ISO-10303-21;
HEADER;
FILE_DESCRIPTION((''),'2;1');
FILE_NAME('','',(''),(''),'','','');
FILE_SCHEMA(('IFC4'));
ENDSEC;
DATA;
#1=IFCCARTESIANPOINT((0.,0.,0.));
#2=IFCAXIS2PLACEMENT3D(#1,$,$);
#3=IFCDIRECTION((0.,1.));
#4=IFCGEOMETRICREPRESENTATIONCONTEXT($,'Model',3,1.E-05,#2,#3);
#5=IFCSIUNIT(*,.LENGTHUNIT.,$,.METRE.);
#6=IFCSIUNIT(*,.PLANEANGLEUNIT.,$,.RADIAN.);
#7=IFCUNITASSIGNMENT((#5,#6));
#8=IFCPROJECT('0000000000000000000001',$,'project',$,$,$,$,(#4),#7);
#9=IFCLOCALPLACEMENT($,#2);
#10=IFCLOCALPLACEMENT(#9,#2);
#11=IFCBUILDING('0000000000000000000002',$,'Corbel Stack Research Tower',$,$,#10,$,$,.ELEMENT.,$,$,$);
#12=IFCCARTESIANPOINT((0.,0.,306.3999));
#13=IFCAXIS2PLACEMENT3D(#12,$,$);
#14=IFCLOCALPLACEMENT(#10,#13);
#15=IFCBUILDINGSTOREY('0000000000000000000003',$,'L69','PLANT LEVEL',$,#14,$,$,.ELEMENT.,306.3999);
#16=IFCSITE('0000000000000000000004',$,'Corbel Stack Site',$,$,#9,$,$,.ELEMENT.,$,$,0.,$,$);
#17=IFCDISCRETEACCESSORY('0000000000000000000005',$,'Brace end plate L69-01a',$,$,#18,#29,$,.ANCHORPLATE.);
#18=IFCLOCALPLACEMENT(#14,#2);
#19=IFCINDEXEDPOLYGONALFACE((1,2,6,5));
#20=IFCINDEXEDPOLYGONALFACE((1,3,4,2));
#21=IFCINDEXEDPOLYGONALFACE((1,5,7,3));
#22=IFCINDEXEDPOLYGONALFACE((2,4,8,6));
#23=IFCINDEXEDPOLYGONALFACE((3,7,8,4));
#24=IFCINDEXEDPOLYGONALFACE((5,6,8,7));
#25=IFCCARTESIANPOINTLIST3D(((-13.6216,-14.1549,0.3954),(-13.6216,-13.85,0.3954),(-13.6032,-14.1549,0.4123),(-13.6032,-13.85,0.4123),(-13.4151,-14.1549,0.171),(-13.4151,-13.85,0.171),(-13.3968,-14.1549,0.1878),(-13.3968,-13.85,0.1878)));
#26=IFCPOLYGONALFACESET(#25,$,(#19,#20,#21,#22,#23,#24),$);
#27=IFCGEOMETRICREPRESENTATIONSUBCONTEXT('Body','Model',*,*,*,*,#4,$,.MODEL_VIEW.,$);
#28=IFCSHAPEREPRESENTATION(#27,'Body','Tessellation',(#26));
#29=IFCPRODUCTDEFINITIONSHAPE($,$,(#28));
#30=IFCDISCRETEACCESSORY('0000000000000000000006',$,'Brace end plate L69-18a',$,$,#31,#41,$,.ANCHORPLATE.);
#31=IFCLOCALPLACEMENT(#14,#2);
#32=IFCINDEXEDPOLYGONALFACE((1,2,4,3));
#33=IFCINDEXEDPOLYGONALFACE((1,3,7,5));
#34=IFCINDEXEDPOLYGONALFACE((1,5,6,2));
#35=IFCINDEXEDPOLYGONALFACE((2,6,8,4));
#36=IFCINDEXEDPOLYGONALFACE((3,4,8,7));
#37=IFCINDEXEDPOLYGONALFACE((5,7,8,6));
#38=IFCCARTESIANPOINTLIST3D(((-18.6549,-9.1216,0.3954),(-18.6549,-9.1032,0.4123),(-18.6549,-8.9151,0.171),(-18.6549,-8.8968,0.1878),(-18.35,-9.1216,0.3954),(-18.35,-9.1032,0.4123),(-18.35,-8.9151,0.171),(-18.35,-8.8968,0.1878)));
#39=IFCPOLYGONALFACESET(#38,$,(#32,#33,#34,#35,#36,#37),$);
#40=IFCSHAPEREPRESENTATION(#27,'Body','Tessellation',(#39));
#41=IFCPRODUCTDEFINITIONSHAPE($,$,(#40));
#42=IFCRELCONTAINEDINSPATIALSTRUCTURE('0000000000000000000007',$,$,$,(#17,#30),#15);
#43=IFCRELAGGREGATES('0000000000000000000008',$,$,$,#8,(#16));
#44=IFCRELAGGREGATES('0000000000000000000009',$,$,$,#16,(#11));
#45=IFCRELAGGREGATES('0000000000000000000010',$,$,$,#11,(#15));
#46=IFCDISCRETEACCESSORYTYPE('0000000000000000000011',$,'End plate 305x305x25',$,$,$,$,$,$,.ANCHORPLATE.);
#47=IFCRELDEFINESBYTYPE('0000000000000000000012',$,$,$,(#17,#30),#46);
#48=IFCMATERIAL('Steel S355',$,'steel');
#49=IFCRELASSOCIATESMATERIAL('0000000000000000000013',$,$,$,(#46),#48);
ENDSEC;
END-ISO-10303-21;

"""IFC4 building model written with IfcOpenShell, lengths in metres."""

from ifc_helpers import new_model, si_unit, direction, frame, origin, origin_2d, place, context, subcontext, project, spatial, rectangle, extrude, material, material_profile, profile_set, type_object, element, save


model = new_model("IFC4")

# Units and contexts
model_context = context("Model", 3, precision=1e-05, world=origin(), true_north=direction((0.0, 1.0)))
body_context = subcontext(model_context, "Body", "Model", "MODEL_VIEW")
ifc_project = project(units=[si_unit("LENGTHUNIT", "METRE"), si_unit("PLANEANGLEUNIT", "RADIAN")], contexts=[model_context])

# Site, building, storey
site_placement = place(None, origin())
site = spatial("IfcSite", under=ifc_project, at=site_placement, Name="Corbel Stack Site", CompositionType="ELEMENT", RefElevation=0.0)
building_placement = place(site_placement, origin())
building = spatial("IfcBuilding", under=site, at=building_placement, Name="Corbel Stack Research Tower", CompositionType="ELEMENT")
storey_placement = place(building_placement, frame((0.0, 0.0, 306.3999)))
storey = spatial("IfcBuildingStorey", under=building, at=storey_placement, Name="L69", Description="PLANT LEVEL", CompositionType="ELEMENT", Elevation=306.3999)

# Discrete accessories
ifc_material_1 = material(Name="Steel S355", Category="steel")
ifc_material_profile_1 = material_profile(ifc_material_1, rectangle(XDim=0.3049, YDim=0.3049, at=origin_2d()), Name="End plate 305x305x25")
ifc_profile_set_1 = profile_set([ifc_material_profile_1], Name="Steel S355")
discrete_accessory_type = type_object("IfcDiscreteAccessoryType", Name="End plate 305x305x25", PredefinedType="ANCHORPLATE", material=ifc_profile_set_1)
for number, where, z_axis, x_axis, name in (
    (1, (-13.5, -14.0024, 0.3), (-0.735931, 0.0, -0.677057), (0.0, -1.0, 0.0), "Brace end plate L69-01a"),
    (2, (-18.5024, -9.0, 0.3), (0.0, -0.735931, -0.677057), (1.0, 0.0, 0.0), "Brace end plate L69-18a"),
):
    element("IfcDiscreteAccessory", number, at=place(storey_placement, frame(where, z_axis=z_axis, x_axis=x_axis)), inside=storey, type_object=discrete_accessory_type, Name=name, PredefinedType="ANCHORPLATE", context=body_context, shape_type="SweptSolid", body=[
        extrude(rectangle(XDim=0.3049, YDim=0.3049, at=origin_2d()), origin(), (0.0, 0.0, 1.0), 0.0249),
    ])

save(model, "model.ifc")
